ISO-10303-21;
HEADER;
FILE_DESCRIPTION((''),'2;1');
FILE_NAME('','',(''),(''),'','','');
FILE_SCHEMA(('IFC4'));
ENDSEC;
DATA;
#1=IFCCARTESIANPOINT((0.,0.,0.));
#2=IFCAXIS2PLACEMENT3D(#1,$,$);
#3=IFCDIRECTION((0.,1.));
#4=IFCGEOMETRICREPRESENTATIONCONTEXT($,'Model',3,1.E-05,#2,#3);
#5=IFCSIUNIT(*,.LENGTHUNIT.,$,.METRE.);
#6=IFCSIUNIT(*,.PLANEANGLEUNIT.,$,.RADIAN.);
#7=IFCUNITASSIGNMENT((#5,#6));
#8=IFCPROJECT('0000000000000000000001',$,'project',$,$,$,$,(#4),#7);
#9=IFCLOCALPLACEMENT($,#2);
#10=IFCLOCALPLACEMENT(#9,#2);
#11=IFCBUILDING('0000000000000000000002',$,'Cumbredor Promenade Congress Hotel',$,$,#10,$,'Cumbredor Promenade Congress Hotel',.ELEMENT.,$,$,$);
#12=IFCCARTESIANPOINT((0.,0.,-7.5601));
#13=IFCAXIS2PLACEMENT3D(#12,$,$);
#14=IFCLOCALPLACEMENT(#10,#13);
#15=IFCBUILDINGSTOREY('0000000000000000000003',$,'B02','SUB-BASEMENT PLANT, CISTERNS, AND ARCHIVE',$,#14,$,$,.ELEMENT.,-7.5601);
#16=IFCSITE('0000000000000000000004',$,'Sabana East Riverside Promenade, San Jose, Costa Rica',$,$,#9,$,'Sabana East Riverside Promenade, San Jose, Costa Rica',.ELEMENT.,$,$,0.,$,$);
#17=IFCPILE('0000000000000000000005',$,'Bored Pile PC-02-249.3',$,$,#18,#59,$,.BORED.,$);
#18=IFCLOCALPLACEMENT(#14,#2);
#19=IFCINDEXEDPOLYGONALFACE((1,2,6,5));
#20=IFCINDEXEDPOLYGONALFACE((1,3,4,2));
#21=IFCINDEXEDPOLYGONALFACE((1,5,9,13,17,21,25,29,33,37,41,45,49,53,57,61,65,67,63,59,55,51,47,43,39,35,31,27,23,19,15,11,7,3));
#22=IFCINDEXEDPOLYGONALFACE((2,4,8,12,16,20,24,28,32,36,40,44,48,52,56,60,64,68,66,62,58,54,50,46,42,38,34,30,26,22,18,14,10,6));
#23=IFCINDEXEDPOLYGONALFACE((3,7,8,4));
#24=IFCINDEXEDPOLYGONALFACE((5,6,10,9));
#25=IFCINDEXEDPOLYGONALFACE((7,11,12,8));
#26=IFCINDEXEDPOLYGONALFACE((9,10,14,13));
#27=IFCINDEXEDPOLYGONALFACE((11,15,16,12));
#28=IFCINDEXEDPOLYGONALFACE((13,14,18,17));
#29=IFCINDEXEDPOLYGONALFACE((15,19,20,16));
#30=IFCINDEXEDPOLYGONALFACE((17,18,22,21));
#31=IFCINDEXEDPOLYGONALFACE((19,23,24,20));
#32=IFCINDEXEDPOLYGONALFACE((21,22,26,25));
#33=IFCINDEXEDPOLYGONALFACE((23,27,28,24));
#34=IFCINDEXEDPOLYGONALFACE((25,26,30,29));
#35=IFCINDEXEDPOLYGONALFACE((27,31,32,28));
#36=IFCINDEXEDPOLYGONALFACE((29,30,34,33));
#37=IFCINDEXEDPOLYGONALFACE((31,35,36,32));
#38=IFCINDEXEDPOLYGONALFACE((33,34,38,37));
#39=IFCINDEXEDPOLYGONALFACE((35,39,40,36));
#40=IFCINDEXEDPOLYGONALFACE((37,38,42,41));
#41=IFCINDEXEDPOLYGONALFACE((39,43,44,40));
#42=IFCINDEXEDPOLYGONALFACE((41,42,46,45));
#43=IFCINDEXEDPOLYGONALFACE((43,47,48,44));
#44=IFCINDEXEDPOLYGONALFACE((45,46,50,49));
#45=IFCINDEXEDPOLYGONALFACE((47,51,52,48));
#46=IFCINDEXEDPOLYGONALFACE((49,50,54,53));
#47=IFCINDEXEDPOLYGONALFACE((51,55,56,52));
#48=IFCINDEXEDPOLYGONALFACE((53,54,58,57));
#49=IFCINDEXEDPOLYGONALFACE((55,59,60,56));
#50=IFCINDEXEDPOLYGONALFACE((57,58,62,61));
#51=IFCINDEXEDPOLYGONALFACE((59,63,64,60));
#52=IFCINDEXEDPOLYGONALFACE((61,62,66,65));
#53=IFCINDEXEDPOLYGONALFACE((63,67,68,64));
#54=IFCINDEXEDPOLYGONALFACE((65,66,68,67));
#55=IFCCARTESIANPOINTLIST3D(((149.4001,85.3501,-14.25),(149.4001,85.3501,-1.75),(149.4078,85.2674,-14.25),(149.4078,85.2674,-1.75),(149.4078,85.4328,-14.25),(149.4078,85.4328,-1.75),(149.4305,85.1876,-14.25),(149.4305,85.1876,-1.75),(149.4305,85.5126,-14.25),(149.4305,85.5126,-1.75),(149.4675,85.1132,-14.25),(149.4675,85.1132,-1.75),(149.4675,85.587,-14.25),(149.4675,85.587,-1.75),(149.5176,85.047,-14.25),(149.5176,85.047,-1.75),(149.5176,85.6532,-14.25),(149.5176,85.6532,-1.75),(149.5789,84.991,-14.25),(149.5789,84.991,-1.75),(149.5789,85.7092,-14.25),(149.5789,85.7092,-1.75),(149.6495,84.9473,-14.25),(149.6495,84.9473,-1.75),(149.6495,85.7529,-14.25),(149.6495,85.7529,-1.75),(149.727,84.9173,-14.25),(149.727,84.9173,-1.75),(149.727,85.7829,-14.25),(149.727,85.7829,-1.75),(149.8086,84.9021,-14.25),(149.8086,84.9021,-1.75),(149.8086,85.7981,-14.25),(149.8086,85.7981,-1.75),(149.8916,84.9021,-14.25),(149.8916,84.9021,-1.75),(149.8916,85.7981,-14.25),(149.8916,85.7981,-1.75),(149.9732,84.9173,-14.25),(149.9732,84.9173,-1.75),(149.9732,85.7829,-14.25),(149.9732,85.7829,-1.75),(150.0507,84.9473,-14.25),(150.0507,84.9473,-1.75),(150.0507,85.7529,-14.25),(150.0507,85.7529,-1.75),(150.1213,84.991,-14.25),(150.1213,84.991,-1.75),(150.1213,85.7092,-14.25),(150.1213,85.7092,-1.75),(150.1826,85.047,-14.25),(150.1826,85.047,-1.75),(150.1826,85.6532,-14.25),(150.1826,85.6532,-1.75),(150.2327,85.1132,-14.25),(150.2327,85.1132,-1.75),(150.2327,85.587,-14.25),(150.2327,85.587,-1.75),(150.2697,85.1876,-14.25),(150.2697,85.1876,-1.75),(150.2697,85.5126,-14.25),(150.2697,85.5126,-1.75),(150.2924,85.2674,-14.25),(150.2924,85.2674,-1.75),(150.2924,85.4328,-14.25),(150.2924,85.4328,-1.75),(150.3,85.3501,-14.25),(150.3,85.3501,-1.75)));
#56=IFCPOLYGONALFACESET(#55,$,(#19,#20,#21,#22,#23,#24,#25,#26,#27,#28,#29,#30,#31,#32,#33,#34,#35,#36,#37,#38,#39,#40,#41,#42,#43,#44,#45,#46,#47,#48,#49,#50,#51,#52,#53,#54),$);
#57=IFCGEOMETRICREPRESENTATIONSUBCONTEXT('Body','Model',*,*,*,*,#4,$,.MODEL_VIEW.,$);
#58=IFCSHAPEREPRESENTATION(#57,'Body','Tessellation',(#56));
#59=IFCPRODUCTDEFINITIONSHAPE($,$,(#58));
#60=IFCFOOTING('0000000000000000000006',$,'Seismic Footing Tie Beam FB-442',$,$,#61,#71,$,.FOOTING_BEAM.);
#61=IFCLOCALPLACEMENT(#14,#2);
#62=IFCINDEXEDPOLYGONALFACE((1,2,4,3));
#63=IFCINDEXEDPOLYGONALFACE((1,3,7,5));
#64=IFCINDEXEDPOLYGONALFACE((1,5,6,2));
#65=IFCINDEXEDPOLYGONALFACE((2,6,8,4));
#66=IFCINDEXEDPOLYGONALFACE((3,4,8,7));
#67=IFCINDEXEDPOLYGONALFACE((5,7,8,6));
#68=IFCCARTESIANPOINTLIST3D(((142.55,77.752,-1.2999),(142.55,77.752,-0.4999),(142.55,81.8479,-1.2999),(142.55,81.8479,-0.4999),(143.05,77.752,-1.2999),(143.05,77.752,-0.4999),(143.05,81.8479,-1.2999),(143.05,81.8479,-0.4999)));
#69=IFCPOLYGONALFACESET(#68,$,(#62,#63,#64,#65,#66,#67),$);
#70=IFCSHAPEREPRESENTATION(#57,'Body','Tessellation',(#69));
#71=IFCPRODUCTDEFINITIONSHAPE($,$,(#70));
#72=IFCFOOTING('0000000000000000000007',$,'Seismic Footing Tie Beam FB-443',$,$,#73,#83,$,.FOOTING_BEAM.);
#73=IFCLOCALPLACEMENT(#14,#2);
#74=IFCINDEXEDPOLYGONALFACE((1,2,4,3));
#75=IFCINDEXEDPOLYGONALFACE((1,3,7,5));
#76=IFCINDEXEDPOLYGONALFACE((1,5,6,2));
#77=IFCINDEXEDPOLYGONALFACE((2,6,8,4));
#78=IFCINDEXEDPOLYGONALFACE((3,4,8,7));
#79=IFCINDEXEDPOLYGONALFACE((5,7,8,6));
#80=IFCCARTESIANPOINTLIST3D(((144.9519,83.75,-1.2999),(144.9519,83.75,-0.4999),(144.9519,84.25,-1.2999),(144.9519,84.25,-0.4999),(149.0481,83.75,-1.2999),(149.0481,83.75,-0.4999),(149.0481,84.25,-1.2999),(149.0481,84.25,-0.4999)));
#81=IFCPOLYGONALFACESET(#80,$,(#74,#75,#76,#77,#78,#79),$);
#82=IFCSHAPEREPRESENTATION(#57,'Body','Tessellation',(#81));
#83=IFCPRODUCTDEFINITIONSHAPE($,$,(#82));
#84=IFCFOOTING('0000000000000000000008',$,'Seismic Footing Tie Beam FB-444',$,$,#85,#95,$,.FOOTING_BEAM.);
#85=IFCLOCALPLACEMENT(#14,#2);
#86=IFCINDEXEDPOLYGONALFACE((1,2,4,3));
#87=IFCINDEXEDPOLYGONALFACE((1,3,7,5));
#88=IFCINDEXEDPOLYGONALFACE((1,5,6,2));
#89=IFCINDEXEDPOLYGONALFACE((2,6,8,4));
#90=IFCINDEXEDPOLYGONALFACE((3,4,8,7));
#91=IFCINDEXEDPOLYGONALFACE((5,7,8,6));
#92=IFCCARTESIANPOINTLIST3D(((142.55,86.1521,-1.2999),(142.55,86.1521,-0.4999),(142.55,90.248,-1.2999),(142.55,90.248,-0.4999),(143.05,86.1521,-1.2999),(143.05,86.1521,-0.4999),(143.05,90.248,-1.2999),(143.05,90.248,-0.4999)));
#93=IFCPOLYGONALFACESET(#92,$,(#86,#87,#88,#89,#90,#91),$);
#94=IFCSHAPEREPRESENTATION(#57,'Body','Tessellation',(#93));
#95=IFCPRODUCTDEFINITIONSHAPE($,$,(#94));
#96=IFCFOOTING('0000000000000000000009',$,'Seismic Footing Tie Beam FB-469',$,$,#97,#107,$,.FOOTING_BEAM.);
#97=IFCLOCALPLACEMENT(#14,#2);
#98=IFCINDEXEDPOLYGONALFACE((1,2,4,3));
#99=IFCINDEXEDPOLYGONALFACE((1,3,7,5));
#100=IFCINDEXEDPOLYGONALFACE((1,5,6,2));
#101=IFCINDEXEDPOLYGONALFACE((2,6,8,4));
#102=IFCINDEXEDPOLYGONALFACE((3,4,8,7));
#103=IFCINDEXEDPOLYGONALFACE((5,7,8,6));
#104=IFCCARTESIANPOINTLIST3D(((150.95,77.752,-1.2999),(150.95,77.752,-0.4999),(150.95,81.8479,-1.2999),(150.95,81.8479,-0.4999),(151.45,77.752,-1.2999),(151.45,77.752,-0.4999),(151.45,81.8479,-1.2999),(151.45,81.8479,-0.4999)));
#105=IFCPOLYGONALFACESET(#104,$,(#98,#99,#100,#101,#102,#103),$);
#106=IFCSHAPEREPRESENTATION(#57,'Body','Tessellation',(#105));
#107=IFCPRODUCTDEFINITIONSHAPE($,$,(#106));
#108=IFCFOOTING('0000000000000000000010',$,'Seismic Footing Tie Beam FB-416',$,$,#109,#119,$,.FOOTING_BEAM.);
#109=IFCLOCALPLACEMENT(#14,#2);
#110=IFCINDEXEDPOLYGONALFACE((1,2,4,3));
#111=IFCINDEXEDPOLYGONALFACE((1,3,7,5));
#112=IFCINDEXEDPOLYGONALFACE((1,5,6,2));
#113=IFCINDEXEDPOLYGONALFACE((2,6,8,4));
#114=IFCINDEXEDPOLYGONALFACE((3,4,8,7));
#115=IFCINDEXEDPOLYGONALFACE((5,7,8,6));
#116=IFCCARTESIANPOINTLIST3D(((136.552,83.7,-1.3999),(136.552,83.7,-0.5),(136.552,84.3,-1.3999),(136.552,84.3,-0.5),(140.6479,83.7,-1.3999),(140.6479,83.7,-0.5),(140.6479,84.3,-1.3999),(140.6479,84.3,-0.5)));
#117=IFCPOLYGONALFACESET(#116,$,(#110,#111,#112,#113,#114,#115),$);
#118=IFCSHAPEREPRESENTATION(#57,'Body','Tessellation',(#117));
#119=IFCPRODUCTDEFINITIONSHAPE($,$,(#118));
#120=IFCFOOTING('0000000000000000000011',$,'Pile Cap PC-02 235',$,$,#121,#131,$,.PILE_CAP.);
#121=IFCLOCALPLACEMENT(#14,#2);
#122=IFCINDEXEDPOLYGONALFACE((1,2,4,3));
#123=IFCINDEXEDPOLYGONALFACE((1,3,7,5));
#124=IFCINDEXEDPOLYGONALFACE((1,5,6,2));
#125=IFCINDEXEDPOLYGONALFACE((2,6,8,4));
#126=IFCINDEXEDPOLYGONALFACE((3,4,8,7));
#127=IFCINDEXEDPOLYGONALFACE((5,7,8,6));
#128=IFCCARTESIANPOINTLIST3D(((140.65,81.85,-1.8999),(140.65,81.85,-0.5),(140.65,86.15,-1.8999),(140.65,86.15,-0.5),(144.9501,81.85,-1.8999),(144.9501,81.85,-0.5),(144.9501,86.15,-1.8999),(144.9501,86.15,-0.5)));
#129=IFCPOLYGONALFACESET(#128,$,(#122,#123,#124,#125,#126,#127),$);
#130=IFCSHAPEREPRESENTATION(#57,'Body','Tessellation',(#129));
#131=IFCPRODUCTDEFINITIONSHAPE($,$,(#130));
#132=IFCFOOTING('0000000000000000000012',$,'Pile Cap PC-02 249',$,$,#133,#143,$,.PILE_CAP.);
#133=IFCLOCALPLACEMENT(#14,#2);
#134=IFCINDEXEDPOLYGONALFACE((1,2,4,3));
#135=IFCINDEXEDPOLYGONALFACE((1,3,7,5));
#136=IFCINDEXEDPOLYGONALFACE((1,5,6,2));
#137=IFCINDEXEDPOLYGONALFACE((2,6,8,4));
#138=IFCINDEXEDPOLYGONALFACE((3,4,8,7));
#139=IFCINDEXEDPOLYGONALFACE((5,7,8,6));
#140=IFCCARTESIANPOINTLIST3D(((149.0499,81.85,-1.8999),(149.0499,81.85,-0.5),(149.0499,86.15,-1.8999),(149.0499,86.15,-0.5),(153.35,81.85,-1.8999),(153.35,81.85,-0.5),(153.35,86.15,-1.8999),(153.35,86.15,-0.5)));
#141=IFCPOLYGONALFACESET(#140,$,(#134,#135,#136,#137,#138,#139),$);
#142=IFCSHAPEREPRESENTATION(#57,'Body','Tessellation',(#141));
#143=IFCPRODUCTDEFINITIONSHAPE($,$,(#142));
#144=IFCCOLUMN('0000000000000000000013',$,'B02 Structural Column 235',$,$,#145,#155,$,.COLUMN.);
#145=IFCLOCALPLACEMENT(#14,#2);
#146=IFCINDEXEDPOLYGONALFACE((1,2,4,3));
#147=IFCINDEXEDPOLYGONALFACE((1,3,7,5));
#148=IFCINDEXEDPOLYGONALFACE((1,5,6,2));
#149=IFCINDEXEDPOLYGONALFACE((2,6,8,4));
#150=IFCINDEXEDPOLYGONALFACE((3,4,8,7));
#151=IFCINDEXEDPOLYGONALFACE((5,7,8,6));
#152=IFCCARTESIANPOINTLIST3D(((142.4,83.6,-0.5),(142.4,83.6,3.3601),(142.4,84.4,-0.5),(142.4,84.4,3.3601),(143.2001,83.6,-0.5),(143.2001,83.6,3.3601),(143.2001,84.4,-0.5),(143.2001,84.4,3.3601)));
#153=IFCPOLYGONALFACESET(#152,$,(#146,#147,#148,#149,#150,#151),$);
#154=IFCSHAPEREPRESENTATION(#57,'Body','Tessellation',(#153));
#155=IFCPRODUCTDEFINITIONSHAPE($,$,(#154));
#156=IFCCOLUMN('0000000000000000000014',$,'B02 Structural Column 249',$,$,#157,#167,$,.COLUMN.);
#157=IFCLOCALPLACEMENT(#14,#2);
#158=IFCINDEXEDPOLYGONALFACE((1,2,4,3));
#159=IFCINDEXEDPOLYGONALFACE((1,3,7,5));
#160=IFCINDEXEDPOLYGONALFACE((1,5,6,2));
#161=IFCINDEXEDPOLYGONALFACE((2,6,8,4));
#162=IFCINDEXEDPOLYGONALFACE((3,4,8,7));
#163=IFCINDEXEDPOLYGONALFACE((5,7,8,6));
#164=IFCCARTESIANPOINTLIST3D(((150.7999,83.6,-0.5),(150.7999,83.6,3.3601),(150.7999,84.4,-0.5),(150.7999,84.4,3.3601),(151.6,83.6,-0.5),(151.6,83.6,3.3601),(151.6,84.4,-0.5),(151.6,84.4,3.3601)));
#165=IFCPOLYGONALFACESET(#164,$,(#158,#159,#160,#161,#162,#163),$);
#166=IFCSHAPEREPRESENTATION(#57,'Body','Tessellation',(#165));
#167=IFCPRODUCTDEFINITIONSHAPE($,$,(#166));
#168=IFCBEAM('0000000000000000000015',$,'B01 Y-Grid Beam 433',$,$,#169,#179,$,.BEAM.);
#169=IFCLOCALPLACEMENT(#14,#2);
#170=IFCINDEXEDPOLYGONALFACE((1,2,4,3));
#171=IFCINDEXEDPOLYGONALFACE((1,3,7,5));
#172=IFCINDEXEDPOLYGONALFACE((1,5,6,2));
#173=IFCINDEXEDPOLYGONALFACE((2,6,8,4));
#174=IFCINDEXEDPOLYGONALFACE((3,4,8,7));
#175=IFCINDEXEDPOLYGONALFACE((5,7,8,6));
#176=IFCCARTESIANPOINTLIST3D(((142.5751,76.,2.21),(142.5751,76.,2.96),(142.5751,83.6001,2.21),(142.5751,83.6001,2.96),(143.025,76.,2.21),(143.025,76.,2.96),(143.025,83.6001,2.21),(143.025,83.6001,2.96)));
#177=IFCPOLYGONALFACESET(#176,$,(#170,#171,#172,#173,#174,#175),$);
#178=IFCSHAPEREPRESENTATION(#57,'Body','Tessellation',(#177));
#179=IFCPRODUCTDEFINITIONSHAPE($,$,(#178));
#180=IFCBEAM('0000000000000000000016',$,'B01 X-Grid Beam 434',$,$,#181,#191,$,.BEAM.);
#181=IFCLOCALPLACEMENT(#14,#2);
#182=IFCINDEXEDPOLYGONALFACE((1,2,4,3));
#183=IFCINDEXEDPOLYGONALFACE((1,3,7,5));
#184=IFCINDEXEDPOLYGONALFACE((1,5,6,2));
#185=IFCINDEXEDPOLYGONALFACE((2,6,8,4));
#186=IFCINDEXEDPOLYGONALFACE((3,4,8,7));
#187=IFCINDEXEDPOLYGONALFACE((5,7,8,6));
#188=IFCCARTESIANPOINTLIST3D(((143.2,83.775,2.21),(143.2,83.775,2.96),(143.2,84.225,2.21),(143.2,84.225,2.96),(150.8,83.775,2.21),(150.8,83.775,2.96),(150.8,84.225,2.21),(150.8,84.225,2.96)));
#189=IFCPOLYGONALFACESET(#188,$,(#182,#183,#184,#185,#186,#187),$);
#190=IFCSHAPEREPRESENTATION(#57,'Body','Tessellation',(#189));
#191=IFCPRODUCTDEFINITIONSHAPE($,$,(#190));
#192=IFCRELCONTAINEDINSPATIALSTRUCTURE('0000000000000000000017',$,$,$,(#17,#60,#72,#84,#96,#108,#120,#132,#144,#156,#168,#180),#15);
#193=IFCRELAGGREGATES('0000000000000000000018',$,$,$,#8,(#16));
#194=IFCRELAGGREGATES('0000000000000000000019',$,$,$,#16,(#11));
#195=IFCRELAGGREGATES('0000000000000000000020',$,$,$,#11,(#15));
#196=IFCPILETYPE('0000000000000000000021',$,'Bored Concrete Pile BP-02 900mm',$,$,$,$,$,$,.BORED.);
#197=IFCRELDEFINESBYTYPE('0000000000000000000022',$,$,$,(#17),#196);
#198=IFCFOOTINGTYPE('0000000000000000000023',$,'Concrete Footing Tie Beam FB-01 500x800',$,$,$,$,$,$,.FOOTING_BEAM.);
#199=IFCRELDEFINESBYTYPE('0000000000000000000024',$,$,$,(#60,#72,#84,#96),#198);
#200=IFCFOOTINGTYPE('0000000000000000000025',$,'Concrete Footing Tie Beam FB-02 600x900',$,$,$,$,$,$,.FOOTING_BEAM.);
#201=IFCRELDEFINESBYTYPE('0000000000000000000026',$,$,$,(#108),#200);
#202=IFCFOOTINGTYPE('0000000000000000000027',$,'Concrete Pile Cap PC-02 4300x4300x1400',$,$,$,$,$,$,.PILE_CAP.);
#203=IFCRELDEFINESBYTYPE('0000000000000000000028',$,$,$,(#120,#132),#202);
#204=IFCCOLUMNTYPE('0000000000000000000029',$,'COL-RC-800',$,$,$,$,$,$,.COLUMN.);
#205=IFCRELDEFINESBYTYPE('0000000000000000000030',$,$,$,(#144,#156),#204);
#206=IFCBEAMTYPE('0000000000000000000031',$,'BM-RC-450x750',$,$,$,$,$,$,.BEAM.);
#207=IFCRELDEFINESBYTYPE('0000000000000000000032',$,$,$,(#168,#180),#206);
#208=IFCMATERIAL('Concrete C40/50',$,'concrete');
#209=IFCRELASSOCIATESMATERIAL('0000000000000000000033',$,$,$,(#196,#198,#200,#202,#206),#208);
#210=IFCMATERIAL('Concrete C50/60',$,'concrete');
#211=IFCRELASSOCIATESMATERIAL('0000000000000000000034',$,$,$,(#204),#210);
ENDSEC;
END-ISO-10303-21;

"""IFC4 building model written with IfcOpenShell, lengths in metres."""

from ifc_helpers import new_model, si_unit, direction, frame, origin, origin_2d, place, context, subcontext, project, spatial, rectangle, circle, extrude, material, material_profile, profile_set, type_object, element, save


model = new_model("IFC4")

# Units and contexts
model_context = context("Model", 3, precision=1e-05, world=origin(), true_north=direction((0.0, 1.0)))
body_context = subcontext(model_context, "Body", "Model", "MODEL_VIEW")
ifc_project = project(units=[si_unit("LENGTHUNIT", "METRE"), si_unit("PLANEANGLEUNIT", "RADIAN")], contexts=[model_context])

# Site, building, storey
site_placement = place(None, origin())
site = spatial("IfcSite", under=ifc_project, at=site_placement, Name="Sabana East Riverside Promenade, San Jose, Costa Rica", LongName="Sabana East Riverside Promenade, San Jose, Costa Rica", CompositionType="ELEMENT", RefElevation=0.0)
building_placement = place(site_placement, origin())
building = spatial("IfcBuilding", under=site, at=building_placement, Name="Cumbredor Promenade Congress Hotel", LongName="Cumbredor Promenade Congress Hotel", CompositionType="ELEMENT")
storey_placement = place(building_placement, frame((0.0, 0.0, -7.5601)))
storey = spatial("IfcBuildingStorey", under=building, at=storey_placement, Name="B02", Description="SUB-BASEMENT PLANT, CISTERNS, AND ARCHIVE", CompositionType="ELEMENT", Elevation=-7.5601)

# Pile
ifc_material_1 = material(Name="Concrete C40/50", Category="concrete")
ifc_material_profile_1 = material_profile(ifc_material_1, circle(Radius=0.45, at=origin_2d()), Name="PILE D900")
ifc_profile_set_1 = profile_set([ifc_material_profile_1], Name="Concrete C40/50")
pile_type = type_object("IfcPileType", Name="Bored Concrete Pile BP-02 900mm", PredefinedType="BORED", material=ifc_profile_set_1)
for number, where, z_axis, x_axis, name in (
    (1, (149.8501, 85.3501, -1.75), (0.0, 0.0, -1.0), (1.0, 0.0, 0.0), "Bored Pile PC-02-249.3"),
):
    element("IfcPile", number, at=place(storey_placement, frame(where, z_axis=z_axis, x_axis=x_axis)), inside=storey, type_object=pile_type, Name=name, PredefinedType="BORED", context=body_context, shape_type="SweptSolid", body=[
        extrude(circle(Radius=0.45, at=origin_2d()), origin(), (0.0, 0.0, 1.0), 12.5),
    ])

# Footings
ifc_material_profile_2 = material_profile(ifc_material_1, rectangle(XDim=0.5, YDim=0.8, at=origin_2d()), Name="FB 500x800")
ifc_profile_set_2 = profile_set([ifc_material_profile_2], Name="Concrete C40/50")
footing_type_1 = type_object("IfcFootingType", Name="Concrete Footing Tie Beam FB-01 500x800", PredefinedType="FOOTING_BEAM", material=ifc_profile_set_2)
footing_1_placement = place(storey_placement, frame((142.8, 77.752, -0.8999), z_axis=(0.0, 1.0, 0.0), x_axis=(-1.0, 0.0, 0.0)))
element("IfcFooting", 2, at=footing_1_placement, inside=storey, type_object=footing_type_1, Name="Seismic Footing Tie Beam FB-442", PredefinedType="FOOTING_BEAM", context=body_context, shape_type="SweptSolid", body=[
    extrude(rectangle(XDim=0.5, YDim=0.8, at=origin_2d()), origin(), (0.0, 0.0, 1.0), 4.0959),
])
footing_2_placement = place(storey_placement, frame((144.9519, 84.0, -0.8999), z_axis=(1.0, 0.0, 0.0), x_axis=(0.0, 1.0, 0.0)))
element("IfcFooting", 3, at=footing_2_placement, inside=storey, type_object=footing_type_1, Name="Seismic Footing Tie Beam FB-443", PredefinedType="FOOTING_BEAM", context=body_context, shape_type="SweptSolid", body=[
    extrude(rectangle(XDim=0.5, YDim=0.8, at=origin_2d()), origin(), (0.0, 0.0, 1.0), 4.0962),
])
for number, where, z_axis, x_axis, name in (
    (4, (142.8, 86.1521, -0.8999), (0.0, 1.0, 0.0), (-1.0, 0.0, 0.0), "Seismic Footing Tie Beam FB-444"),
    (5, (151.2, 77.752, -0.8999), (0.0, 1.0, 0.0), (-1.0, 0.0, 0.0), "Seismic Footing Tie Beam FB-469"),
):
    element("IfcFooting", number, at=place(storey_placement, frame(where, z_axis=z_axis, x_axis=x_axis)), inside=storey, type_object=footing_type_1, Name=name, PredefinedType="FOOTING_BEAM", context=body_context, shape_type="SweptSolid", body=[
        extrude(rectangle(XDim=0.5, YDim=0.8, at=origin_2d()), origin(), (0.0, 0.0, 1.0), 4.0959),
    ])
ifc_material_profile_3 = material_profile(ifc_material_1, rectangle(XDim=0.6001, YDim=0.8999, at=origin_2d()), Name="FB 600x900")
ifc_profile_set_3 = profile_set([ifc_material_profile_3], Name="Concrete C40/50")
footing_type_2 = type_object("IfcFootingType", Name="Concrete Footing Tie Beam FB-02 600x900", PredefinedType="FOOTING_BEAM", material=ifc_profile_set_3)
footing_3_placement = place(storey_placement, frame((136.552, 84.0, -0.95), z_axis=(1.0, 0.0, 0.0), x_axis=(0.0, 1.0, 0.0)))
element("IfcFooting", 6, at=footing_3_placement, inside=storey, type_object=footing_type_2, Name="Seismic Footing Tie Beam FB-416", PredefinedType="FOOTING_BEAM", context=body_context, shape_type="SweptSolid", body=[
    extrude(rectangle(XDim=0.6001, YDim=0.8999, at=origin_2d()), origin(), (0.0, 0.0, 1.0), 4.0959),
])
footing_type_3 = type_object("IfcFootingType", Name="Concrete Pile Cap PC-02 4300x4300x1400", PredefinedType="PILE_CAP", material=ifc_material_1)
for number, where, z_axis, x_axis, name in (
    (7, (142.8, 84.0, -1.8999), (0.0, 0.0, 1.0), (1.0, 0.0, 0.0), "Pile Cap PC-02 235"),
    (8, (151.2, 84.0, -1.8999), (0.0, 0.0, 1.0), (1.0, 0.0, 0.0), "Pile Cap PC-02 249"),
):
    element("IfcFooting", number, at=place(storey_placement, frame(where, z_axis=z_axis, x_axis=x_axis)), inside=storey, type_object=footing_type_3, Name=name, PredefinedType="PILE_CAP", context=body_context, shape_type="SweptSolid", body=[
        extrude(rectangle(XDim=4.3, YDim=4.3, at=origin_2d()), origin(), (0.0, 0.0, 1.0), 1.3999),
    ])

# Columns
ifc_material_2 = material(Name="Concrete C50/60", Category="concrete")
ifc_material_profile_4 = material_profile(ifc_material_2, rectangle(XDim=0.8, YDim=0.8, at=origin_2d()), Name="RC 800x800")
ifc_profile_set_4 = profile_set([ifc_material_profile_4], Name="Concrete C50/60")
column_type = type_object("IfcColumnType", Name="COL-RC-800", PredefinedType="COLUMN", material=ifc_profile_set_4)
for number, where, z_axis, x_axis, name in (
    (9, (142.8, 84.0, -0.5), (0.0, 0.0, 1.0), (1.0, 0.0, 0.0), "B02 Structural Column 235"),
    (10, (151.2, 84.0, -0.5), (0.0, 0.0, 1.0), (1.0, 0.0, 0.0), "B02 Structural Column 249"),
):
    element("IfcColumn", number, at=place(storey_placement, frame(where, z_axis=z_axis, x_axis=x_axis)), inside=storey, type_object=column_type, Name=name, PredefinedType="COLUMN", context=body_context, shape_type="SweptSolid", body=[
        extrude(rectangle(XDim=0.8, YDim=0.8, at=origin_2d()), origin(), (0.0, 0.0, 1.0), 3.8601),
    ])

# Beams
ifc_material_profile_5 = material_profile(ifc_material_1, rectangle(XDim=0.45, YDim=0.75, at=origin_2d()), Name="RC BEAM 450x750")
ifc_profile_set_5 = profile_set([ifc_material_profile_5], Name="Concrete C40/50")
beam_type_1 = type_object("IfcBeamType", Name="BM-RC-450x750", PredefinedType="BEAM", material=ifc_profile_set_5)
for number, where, z_axis, x_axis, name in (
    (11, (142.8, 76.0, 2.585), (0.0, 1.0, 0.0), (-1.0, 0.0, 0.0), "B01 Y-Grid Beam 433"),
    (12, (143.2, 84.0, 2.585), (1.0, 0.0, 0.0), (0.0, 1.0, 0.0), "B01 X-Grid Beam 434"),
):
    element("IfcBeam", number, at=place(storey_placement, frame(where, z_axis=z_axis, x_axis=x_axis)), inside=storey, type_object=beam_type_1, Name=name, PredefinedType="BEAM", context=body_context, shape_type="SweptSolid", body=[
        extrude(rectangle(XDim=0.45, YDim=0.75, at=origin_2d()), origin(), (0.0, 0.0, 1.0), 7.6001),
    ])

save(model, "model.ifc")
